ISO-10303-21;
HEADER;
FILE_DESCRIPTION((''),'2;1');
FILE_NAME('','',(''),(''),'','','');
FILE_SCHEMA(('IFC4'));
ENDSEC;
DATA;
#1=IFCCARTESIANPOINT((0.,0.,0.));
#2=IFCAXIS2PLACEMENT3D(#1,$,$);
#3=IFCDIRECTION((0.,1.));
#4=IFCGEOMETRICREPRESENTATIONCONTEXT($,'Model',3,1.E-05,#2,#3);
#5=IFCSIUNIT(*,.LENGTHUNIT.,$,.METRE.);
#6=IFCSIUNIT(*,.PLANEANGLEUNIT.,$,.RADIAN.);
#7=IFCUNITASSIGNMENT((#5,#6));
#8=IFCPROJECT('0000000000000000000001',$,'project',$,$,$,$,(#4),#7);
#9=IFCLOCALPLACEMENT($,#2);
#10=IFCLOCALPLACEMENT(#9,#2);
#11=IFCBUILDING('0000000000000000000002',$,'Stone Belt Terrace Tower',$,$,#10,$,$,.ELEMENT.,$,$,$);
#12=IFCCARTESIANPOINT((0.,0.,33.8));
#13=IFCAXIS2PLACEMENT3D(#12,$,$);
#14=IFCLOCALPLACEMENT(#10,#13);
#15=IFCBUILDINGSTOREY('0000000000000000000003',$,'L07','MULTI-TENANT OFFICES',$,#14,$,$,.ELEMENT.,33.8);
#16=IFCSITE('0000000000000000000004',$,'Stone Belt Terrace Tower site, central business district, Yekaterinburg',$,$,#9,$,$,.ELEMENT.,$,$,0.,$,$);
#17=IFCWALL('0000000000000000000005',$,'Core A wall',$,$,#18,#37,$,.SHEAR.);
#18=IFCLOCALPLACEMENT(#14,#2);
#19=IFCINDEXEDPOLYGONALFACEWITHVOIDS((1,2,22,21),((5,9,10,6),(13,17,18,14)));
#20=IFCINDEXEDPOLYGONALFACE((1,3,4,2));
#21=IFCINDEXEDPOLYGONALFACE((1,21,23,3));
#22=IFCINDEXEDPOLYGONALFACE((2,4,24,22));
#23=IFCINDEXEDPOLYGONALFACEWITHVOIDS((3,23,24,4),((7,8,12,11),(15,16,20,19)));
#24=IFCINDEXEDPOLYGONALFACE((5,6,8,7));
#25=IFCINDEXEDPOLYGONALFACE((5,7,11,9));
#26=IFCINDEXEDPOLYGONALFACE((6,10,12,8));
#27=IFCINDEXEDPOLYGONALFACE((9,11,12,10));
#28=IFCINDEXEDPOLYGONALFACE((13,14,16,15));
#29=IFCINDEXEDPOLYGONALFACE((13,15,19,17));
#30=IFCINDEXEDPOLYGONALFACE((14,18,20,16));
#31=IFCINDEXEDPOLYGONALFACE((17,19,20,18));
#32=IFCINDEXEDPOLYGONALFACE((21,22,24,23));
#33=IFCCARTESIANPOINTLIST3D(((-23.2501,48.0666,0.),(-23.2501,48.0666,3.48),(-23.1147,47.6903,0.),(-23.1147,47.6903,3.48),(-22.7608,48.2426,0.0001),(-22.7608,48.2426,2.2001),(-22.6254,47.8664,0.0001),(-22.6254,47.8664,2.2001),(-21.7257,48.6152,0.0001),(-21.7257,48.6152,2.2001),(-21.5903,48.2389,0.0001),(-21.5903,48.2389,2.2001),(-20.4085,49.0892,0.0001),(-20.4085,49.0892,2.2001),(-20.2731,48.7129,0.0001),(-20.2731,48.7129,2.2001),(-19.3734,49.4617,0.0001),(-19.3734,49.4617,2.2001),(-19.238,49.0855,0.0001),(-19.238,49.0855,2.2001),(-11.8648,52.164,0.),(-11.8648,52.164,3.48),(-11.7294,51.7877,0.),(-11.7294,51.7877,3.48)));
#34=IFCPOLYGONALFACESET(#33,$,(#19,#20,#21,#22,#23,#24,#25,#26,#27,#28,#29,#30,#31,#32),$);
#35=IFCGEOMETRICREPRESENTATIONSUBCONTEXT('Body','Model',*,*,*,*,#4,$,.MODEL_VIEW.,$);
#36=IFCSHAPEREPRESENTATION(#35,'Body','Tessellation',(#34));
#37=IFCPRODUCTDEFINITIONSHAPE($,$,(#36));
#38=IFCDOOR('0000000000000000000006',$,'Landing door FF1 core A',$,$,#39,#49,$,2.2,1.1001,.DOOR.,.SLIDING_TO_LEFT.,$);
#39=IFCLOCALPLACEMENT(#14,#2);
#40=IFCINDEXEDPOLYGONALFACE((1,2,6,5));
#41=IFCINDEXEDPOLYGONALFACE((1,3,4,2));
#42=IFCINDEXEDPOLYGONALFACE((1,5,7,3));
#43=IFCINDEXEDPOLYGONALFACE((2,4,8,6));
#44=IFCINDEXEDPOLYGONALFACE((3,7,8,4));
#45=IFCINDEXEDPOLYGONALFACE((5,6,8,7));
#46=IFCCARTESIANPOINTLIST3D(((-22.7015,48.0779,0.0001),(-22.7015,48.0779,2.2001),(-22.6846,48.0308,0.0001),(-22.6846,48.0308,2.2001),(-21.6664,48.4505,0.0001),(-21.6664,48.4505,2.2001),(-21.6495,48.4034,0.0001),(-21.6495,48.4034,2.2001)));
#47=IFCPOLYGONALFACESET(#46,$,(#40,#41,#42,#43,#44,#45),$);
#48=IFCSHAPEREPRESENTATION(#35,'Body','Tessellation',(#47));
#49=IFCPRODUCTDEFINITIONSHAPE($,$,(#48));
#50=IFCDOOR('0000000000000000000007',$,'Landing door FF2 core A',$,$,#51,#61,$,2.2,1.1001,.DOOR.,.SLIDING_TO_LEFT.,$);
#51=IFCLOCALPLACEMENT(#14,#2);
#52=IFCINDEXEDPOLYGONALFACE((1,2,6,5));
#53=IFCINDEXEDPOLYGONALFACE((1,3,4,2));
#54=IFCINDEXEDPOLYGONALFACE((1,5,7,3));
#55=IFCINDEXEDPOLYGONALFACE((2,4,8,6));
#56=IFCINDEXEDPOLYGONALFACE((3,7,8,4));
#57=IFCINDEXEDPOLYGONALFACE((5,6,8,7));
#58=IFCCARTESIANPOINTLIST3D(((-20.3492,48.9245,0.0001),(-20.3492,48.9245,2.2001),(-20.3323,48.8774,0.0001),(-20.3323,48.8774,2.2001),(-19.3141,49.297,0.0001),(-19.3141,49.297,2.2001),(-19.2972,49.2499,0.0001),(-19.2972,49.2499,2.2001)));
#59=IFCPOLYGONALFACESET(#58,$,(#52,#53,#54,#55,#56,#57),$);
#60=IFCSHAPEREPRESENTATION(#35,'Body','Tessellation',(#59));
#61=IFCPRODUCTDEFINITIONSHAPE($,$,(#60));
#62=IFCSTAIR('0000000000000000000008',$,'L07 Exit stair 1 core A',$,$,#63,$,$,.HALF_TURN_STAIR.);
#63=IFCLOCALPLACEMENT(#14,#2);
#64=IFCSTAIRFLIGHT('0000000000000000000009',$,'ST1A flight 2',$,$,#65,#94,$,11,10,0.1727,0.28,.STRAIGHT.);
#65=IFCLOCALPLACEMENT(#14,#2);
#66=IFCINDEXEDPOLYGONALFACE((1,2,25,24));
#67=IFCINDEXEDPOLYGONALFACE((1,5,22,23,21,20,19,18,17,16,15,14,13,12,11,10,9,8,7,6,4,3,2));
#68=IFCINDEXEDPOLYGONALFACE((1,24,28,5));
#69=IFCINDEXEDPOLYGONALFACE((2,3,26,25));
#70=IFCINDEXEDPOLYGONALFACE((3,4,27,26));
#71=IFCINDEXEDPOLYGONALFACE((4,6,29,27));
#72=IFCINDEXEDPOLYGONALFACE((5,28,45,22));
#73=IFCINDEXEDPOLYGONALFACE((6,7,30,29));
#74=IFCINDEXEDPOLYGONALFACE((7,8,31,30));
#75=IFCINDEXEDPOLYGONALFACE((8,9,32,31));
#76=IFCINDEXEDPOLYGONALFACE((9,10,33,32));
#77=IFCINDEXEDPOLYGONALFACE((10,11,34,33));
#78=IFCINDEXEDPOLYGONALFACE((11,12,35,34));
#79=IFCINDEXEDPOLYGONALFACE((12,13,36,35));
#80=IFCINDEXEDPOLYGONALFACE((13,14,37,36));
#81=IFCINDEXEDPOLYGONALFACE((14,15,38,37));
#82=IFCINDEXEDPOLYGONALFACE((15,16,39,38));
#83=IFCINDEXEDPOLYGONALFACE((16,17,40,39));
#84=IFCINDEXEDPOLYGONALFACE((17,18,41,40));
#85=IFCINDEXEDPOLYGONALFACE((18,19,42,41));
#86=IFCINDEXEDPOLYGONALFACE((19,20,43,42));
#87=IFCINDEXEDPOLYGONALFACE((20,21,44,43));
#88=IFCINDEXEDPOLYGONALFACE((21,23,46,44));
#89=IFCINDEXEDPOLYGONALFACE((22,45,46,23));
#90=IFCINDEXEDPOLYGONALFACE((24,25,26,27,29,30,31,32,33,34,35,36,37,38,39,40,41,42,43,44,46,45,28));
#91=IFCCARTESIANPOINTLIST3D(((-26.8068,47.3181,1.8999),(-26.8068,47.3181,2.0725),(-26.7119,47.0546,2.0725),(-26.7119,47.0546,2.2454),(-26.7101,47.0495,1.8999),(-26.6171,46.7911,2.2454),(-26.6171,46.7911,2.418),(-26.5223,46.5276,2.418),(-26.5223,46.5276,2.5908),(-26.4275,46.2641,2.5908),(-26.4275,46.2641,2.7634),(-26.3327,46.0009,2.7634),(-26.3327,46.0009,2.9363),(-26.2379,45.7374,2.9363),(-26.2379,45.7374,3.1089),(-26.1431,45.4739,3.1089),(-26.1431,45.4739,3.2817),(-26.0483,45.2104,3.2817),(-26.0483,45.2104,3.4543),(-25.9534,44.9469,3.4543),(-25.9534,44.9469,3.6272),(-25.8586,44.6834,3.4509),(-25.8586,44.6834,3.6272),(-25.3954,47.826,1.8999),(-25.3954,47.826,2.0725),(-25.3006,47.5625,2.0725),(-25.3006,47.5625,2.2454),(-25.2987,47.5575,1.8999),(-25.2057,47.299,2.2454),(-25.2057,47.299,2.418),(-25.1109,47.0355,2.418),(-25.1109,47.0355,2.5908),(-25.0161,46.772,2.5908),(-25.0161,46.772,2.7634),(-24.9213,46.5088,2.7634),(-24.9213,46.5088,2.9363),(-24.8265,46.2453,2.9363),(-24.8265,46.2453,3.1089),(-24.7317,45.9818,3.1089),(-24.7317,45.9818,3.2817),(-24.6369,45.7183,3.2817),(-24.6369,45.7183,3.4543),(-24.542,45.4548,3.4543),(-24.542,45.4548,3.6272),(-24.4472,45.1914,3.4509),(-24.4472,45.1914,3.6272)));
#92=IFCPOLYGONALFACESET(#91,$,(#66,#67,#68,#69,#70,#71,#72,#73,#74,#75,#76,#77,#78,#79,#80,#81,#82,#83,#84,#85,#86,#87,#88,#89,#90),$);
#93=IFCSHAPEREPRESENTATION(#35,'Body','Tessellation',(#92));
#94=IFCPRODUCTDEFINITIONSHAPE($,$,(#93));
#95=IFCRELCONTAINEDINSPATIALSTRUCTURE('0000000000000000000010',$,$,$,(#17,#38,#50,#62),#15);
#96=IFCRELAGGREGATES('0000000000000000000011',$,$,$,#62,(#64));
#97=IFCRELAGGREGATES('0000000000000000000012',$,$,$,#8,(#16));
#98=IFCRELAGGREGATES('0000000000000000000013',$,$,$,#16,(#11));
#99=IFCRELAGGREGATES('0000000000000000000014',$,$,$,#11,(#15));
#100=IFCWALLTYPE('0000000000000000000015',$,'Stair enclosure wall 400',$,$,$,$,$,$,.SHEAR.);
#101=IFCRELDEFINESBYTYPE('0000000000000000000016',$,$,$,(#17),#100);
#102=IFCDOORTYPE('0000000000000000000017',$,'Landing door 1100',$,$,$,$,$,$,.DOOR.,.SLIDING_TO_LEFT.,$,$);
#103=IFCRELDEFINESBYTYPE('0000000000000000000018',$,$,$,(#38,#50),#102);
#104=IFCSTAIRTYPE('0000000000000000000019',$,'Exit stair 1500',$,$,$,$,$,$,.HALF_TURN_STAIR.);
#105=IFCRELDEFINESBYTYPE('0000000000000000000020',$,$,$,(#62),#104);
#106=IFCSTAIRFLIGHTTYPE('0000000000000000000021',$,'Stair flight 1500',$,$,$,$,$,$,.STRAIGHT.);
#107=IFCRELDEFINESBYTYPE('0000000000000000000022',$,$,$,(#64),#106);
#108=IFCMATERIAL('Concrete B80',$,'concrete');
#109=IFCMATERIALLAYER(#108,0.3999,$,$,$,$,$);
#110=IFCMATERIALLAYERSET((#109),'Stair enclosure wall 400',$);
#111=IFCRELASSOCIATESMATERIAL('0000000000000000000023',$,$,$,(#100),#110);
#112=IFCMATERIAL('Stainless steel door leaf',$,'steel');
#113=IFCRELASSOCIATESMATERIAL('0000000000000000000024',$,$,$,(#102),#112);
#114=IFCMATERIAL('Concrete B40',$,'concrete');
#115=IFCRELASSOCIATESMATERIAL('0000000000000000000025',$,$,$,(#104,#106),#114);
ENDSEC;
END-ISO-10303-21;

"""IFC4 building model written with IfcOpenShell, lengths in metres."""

from ifc_helpers import new_model, si_unit, direction, frame, frame_2d, origin, place, context, subcontext, project, spatial, polyline, rectangle, outline, extrude, material, layer, layer_set, type_object, element, fill, aggregate, save


model = new_model("IFC4")

# Units and contexts
model_context = context("Model", 3, precision=1e-05, world=origin(), true_north=direction((0.0, 1.0)))
body_context = subcontext(model_context, "Body", "Model", "MODEL_VIEW")
ifc_project = project(units=[si_unit("LENGTHUNIT", "METRE"), si_unit("PLANEANGLEUNIT", "RADIAN")], contexts=[model_context])

# Site, building, storey
site_placement = place(None, origin())
site = spatial("IfcSite", under=ifc_project, at=site_placement, Name="Stone Belt Terrace Tower site, central business district, Yekaterinburg", CompositionType="ELEMENT", RefElevation=0.0)
building_placement = place(site_placement, origin())
building = spatial("IfcBuilding", under=site, at=building_placement, Name="Stone Belt Terrace Tower", CompositionType="ELEMENT")
storey_placement = place(building_placement, frame((0.0, 0.0, 33.8)))
storey = spatial("IfcBuildingStorey", under=building, at=storey_placement, Name="L07", Description="MULTI-TENANT OFFICES", CompositionType="ELEMENT", Elevation=33.8)

# Shared definitions
ifc_material_1 = material(Name="Concrete B80", Category="concrete")

# Shared definitions
ifc_material_2 = material(Name="Stainless steel door leaf", Category="steel")

# Shared definitions
ifc_layer_1 = layer(ifc_material_1, 0.3999)
ifc_layer_set_1 = layer_set([ifc_layer_1], Name="Stair enclosure wall 400")
wall_type_1 = type_object("IfcWallType", Name="Stair enclosure wall 400", PredefinedType="SHEAR", material=ifc_layer_set_1)

# Wall, openings, doors
wall_1_placement = place(storey_placement, frame((-23.1824, 47.8784, 0.0), z_axis=(0.0, 0.0, 1.0), x_axis=(0.940921, 0.338626, 0.0)))
wall_1 = element("IfcWall", 1, at=wall_1_placement, inside=storey, type_object=wall_type_1, Name="Core A wall", PredefinedType="SHEAR", context=body_context, shape_type="SweptSolid", body=[
    extrude(rectangle(XDim=12.1001, YDim=0.3999, at=frame_2d((6.05, 0.0))), origin(), (0.0, 0.0, 1.0), 3.48),
])
opening_1_placement = place(wall_1_placement, frame((0.52, 0.0, 0.0)))
opening_1 = element("IfcOpeningElement", 2, at=opening_1_placement, cuts=wall_1, PredefinedType="OPENING", context=body_context, shape_type="SweptSolid", body=[
    extrude(rectangle(XDim=1.1001, YDim=2.2, at=frame_2d((0.55, 1.1001))), frame((0.0, 0.21, 0.0), z_axis=(0.0, -1.0, 0.0), x_axis=(1.0, 0.0, 0.0)), (0.0, 0.0, 1.0), 0.4199),
])
opening_2_placement = place(wall_1_placement, frame((3.02, 0.0, 0.0)))
opening_2 = element("IfcOpeningElement", 3, at=opening_2_placement, cuts=wall_1, PredefinedType="OPENING", context=body_context, shape_type="SweptSolid", body=[
    extrude(rectangle(XDim=1.1001, YDim=2.2, at=frame_2d((0.55, 1.1001))), frame((0.0, 0.21, 0.0), z_axis=(0.0, -1.0, 0.0), x_axis=(1.0, 0.0, 0.0)), (0.0, 0.0, 1.0), 0.4199),
])
door_type_1 = type_object("IfcDoorType", Name="Landing door 1100", OperationType="SLIDING_TO_LEFT", PredefinedType="DOOR", material=ifc_material_2)
door_1_placement = place(opening_1_placement, origin())
door_1 = element("IfcDoor", 4, at=door_1_placement, inside=storey, type_object=door_type_1, Name="Landing door FF1 core A", OperationType="SLIDING_TO_LEFT", OverallHeight=2.2, OverallWidth=1.1001, PredefinedType="DOOR", context=body_context, shape_type="SweptSolid", body=[
    extrude(rectangle(XDim=1.1001, YDim=2.2, at=frame_2d((0.55, 1.1001))), frame((0.0, 0.0249, 0.0), z_axis=(0.0, -1.0, 0.0), x_axis=(1.0, 0.0, 0.0)), (0.0, 0.0, 1.0), 0.05),
])
fill(opening_1, door_1)
door_2_placement = place(opening_2_placement, origin())
door_2 = element("IfcDoor", 5, at=door_2_placement, inside=storey, type_object=door_type_1, Name="Landing door FF2 core A", OperationType="SLIDING_TO_LEFT", OverallHeight=2.2, OverallWidth=1.1001, PredefinedType="DOOR", context=body_context, shape_type="SweptSolid", body=[
    extrude(rectangle(XDim=1.1001, YDim=2.2, at=frame_2d((0.55, 1.1001))), frame((0.0, 0.0249, 0.0), z_axis=(0.0, -1.0, 0.0), x_axis=(1.0, 0.0, 0.0)), (0.0, 0.0, 1.0), 0.05),
])
fill(opening_2, door_2)

# Stair, stair flight
ifc_material_3 = material(Name="Concrete B40", Category="concrete")
stair_type = type_object("IfcStairType", Name="Exit stair 1500", PredefinedType="HALF_TURN_STAIR", material=ifc_material_3)
stair_placement = place(storey_placement, origin())
stair = element("IfcStair", 6, at=stair_placement, inside=storey, type_object=stair_type, Name="L07 Exit stair 1 core A", PredefinedType="HALF_TURN_STAIR")
stair_flight_type = type_object("IfcStairFlightType", Name="Stair flight 1500", PredefinedType="STRAIGHT", material=ifc_material_3)
stair_flight_placement = place(storey_placement, frame((-26.1011, 47.572, 1.8999), z_axis=(0.0, 0.0, 1.0), x_axis=(0.338624, -0.940922, 0.0)))
stair_flight = element("IfcStairFlight", 7, at=stair_flight_placement, type_object=stair_flight_type, Name="ST1A flight 2", NumberOfRisers=11, NumberOfTreads=10, PredefinedType="STRAIGHT", RiserHeight=0.1727, TreadLength=0.28, context=body_context, shape_type="SweptSolid", body=[
    extrude(outline(polyline([(0.0, 0.0), (0.0, 0.1726), (0.28, 0.1726), (0.28, 0.3455), (0.5601, 0.3455), (0.5601, 0.5181), (0.8401, 0.5181), (0.8401, 0.6909), (1.1201, 0.6909), (1.1201, 0.8635), (1.3999, 0.8635), (1.3999, 1.0364), (1.6799, 1.0364), (1.6799, 1.209), (1.96, 1.209), (1.96, 1.3818), (2.24, 1.3818), (2.24, 1.5544), (2.52, 1.5544), (2.52, 1.7273), (2.8, 1.7273), (2.8, 1.8999), (2.8, 1.551), (0.2854, 0.0), (0.0, 0.0)])), frame((0.0, 0.75, 0.0), z_axis=(0.0, -1.0, 0.0), x_axis=(1.0, 0.0, 0.0)), (0.0, 0.0, 1.0), 1.5),
])
aggregate(stair, [stair_flight])

save(model, "model.ifc")
